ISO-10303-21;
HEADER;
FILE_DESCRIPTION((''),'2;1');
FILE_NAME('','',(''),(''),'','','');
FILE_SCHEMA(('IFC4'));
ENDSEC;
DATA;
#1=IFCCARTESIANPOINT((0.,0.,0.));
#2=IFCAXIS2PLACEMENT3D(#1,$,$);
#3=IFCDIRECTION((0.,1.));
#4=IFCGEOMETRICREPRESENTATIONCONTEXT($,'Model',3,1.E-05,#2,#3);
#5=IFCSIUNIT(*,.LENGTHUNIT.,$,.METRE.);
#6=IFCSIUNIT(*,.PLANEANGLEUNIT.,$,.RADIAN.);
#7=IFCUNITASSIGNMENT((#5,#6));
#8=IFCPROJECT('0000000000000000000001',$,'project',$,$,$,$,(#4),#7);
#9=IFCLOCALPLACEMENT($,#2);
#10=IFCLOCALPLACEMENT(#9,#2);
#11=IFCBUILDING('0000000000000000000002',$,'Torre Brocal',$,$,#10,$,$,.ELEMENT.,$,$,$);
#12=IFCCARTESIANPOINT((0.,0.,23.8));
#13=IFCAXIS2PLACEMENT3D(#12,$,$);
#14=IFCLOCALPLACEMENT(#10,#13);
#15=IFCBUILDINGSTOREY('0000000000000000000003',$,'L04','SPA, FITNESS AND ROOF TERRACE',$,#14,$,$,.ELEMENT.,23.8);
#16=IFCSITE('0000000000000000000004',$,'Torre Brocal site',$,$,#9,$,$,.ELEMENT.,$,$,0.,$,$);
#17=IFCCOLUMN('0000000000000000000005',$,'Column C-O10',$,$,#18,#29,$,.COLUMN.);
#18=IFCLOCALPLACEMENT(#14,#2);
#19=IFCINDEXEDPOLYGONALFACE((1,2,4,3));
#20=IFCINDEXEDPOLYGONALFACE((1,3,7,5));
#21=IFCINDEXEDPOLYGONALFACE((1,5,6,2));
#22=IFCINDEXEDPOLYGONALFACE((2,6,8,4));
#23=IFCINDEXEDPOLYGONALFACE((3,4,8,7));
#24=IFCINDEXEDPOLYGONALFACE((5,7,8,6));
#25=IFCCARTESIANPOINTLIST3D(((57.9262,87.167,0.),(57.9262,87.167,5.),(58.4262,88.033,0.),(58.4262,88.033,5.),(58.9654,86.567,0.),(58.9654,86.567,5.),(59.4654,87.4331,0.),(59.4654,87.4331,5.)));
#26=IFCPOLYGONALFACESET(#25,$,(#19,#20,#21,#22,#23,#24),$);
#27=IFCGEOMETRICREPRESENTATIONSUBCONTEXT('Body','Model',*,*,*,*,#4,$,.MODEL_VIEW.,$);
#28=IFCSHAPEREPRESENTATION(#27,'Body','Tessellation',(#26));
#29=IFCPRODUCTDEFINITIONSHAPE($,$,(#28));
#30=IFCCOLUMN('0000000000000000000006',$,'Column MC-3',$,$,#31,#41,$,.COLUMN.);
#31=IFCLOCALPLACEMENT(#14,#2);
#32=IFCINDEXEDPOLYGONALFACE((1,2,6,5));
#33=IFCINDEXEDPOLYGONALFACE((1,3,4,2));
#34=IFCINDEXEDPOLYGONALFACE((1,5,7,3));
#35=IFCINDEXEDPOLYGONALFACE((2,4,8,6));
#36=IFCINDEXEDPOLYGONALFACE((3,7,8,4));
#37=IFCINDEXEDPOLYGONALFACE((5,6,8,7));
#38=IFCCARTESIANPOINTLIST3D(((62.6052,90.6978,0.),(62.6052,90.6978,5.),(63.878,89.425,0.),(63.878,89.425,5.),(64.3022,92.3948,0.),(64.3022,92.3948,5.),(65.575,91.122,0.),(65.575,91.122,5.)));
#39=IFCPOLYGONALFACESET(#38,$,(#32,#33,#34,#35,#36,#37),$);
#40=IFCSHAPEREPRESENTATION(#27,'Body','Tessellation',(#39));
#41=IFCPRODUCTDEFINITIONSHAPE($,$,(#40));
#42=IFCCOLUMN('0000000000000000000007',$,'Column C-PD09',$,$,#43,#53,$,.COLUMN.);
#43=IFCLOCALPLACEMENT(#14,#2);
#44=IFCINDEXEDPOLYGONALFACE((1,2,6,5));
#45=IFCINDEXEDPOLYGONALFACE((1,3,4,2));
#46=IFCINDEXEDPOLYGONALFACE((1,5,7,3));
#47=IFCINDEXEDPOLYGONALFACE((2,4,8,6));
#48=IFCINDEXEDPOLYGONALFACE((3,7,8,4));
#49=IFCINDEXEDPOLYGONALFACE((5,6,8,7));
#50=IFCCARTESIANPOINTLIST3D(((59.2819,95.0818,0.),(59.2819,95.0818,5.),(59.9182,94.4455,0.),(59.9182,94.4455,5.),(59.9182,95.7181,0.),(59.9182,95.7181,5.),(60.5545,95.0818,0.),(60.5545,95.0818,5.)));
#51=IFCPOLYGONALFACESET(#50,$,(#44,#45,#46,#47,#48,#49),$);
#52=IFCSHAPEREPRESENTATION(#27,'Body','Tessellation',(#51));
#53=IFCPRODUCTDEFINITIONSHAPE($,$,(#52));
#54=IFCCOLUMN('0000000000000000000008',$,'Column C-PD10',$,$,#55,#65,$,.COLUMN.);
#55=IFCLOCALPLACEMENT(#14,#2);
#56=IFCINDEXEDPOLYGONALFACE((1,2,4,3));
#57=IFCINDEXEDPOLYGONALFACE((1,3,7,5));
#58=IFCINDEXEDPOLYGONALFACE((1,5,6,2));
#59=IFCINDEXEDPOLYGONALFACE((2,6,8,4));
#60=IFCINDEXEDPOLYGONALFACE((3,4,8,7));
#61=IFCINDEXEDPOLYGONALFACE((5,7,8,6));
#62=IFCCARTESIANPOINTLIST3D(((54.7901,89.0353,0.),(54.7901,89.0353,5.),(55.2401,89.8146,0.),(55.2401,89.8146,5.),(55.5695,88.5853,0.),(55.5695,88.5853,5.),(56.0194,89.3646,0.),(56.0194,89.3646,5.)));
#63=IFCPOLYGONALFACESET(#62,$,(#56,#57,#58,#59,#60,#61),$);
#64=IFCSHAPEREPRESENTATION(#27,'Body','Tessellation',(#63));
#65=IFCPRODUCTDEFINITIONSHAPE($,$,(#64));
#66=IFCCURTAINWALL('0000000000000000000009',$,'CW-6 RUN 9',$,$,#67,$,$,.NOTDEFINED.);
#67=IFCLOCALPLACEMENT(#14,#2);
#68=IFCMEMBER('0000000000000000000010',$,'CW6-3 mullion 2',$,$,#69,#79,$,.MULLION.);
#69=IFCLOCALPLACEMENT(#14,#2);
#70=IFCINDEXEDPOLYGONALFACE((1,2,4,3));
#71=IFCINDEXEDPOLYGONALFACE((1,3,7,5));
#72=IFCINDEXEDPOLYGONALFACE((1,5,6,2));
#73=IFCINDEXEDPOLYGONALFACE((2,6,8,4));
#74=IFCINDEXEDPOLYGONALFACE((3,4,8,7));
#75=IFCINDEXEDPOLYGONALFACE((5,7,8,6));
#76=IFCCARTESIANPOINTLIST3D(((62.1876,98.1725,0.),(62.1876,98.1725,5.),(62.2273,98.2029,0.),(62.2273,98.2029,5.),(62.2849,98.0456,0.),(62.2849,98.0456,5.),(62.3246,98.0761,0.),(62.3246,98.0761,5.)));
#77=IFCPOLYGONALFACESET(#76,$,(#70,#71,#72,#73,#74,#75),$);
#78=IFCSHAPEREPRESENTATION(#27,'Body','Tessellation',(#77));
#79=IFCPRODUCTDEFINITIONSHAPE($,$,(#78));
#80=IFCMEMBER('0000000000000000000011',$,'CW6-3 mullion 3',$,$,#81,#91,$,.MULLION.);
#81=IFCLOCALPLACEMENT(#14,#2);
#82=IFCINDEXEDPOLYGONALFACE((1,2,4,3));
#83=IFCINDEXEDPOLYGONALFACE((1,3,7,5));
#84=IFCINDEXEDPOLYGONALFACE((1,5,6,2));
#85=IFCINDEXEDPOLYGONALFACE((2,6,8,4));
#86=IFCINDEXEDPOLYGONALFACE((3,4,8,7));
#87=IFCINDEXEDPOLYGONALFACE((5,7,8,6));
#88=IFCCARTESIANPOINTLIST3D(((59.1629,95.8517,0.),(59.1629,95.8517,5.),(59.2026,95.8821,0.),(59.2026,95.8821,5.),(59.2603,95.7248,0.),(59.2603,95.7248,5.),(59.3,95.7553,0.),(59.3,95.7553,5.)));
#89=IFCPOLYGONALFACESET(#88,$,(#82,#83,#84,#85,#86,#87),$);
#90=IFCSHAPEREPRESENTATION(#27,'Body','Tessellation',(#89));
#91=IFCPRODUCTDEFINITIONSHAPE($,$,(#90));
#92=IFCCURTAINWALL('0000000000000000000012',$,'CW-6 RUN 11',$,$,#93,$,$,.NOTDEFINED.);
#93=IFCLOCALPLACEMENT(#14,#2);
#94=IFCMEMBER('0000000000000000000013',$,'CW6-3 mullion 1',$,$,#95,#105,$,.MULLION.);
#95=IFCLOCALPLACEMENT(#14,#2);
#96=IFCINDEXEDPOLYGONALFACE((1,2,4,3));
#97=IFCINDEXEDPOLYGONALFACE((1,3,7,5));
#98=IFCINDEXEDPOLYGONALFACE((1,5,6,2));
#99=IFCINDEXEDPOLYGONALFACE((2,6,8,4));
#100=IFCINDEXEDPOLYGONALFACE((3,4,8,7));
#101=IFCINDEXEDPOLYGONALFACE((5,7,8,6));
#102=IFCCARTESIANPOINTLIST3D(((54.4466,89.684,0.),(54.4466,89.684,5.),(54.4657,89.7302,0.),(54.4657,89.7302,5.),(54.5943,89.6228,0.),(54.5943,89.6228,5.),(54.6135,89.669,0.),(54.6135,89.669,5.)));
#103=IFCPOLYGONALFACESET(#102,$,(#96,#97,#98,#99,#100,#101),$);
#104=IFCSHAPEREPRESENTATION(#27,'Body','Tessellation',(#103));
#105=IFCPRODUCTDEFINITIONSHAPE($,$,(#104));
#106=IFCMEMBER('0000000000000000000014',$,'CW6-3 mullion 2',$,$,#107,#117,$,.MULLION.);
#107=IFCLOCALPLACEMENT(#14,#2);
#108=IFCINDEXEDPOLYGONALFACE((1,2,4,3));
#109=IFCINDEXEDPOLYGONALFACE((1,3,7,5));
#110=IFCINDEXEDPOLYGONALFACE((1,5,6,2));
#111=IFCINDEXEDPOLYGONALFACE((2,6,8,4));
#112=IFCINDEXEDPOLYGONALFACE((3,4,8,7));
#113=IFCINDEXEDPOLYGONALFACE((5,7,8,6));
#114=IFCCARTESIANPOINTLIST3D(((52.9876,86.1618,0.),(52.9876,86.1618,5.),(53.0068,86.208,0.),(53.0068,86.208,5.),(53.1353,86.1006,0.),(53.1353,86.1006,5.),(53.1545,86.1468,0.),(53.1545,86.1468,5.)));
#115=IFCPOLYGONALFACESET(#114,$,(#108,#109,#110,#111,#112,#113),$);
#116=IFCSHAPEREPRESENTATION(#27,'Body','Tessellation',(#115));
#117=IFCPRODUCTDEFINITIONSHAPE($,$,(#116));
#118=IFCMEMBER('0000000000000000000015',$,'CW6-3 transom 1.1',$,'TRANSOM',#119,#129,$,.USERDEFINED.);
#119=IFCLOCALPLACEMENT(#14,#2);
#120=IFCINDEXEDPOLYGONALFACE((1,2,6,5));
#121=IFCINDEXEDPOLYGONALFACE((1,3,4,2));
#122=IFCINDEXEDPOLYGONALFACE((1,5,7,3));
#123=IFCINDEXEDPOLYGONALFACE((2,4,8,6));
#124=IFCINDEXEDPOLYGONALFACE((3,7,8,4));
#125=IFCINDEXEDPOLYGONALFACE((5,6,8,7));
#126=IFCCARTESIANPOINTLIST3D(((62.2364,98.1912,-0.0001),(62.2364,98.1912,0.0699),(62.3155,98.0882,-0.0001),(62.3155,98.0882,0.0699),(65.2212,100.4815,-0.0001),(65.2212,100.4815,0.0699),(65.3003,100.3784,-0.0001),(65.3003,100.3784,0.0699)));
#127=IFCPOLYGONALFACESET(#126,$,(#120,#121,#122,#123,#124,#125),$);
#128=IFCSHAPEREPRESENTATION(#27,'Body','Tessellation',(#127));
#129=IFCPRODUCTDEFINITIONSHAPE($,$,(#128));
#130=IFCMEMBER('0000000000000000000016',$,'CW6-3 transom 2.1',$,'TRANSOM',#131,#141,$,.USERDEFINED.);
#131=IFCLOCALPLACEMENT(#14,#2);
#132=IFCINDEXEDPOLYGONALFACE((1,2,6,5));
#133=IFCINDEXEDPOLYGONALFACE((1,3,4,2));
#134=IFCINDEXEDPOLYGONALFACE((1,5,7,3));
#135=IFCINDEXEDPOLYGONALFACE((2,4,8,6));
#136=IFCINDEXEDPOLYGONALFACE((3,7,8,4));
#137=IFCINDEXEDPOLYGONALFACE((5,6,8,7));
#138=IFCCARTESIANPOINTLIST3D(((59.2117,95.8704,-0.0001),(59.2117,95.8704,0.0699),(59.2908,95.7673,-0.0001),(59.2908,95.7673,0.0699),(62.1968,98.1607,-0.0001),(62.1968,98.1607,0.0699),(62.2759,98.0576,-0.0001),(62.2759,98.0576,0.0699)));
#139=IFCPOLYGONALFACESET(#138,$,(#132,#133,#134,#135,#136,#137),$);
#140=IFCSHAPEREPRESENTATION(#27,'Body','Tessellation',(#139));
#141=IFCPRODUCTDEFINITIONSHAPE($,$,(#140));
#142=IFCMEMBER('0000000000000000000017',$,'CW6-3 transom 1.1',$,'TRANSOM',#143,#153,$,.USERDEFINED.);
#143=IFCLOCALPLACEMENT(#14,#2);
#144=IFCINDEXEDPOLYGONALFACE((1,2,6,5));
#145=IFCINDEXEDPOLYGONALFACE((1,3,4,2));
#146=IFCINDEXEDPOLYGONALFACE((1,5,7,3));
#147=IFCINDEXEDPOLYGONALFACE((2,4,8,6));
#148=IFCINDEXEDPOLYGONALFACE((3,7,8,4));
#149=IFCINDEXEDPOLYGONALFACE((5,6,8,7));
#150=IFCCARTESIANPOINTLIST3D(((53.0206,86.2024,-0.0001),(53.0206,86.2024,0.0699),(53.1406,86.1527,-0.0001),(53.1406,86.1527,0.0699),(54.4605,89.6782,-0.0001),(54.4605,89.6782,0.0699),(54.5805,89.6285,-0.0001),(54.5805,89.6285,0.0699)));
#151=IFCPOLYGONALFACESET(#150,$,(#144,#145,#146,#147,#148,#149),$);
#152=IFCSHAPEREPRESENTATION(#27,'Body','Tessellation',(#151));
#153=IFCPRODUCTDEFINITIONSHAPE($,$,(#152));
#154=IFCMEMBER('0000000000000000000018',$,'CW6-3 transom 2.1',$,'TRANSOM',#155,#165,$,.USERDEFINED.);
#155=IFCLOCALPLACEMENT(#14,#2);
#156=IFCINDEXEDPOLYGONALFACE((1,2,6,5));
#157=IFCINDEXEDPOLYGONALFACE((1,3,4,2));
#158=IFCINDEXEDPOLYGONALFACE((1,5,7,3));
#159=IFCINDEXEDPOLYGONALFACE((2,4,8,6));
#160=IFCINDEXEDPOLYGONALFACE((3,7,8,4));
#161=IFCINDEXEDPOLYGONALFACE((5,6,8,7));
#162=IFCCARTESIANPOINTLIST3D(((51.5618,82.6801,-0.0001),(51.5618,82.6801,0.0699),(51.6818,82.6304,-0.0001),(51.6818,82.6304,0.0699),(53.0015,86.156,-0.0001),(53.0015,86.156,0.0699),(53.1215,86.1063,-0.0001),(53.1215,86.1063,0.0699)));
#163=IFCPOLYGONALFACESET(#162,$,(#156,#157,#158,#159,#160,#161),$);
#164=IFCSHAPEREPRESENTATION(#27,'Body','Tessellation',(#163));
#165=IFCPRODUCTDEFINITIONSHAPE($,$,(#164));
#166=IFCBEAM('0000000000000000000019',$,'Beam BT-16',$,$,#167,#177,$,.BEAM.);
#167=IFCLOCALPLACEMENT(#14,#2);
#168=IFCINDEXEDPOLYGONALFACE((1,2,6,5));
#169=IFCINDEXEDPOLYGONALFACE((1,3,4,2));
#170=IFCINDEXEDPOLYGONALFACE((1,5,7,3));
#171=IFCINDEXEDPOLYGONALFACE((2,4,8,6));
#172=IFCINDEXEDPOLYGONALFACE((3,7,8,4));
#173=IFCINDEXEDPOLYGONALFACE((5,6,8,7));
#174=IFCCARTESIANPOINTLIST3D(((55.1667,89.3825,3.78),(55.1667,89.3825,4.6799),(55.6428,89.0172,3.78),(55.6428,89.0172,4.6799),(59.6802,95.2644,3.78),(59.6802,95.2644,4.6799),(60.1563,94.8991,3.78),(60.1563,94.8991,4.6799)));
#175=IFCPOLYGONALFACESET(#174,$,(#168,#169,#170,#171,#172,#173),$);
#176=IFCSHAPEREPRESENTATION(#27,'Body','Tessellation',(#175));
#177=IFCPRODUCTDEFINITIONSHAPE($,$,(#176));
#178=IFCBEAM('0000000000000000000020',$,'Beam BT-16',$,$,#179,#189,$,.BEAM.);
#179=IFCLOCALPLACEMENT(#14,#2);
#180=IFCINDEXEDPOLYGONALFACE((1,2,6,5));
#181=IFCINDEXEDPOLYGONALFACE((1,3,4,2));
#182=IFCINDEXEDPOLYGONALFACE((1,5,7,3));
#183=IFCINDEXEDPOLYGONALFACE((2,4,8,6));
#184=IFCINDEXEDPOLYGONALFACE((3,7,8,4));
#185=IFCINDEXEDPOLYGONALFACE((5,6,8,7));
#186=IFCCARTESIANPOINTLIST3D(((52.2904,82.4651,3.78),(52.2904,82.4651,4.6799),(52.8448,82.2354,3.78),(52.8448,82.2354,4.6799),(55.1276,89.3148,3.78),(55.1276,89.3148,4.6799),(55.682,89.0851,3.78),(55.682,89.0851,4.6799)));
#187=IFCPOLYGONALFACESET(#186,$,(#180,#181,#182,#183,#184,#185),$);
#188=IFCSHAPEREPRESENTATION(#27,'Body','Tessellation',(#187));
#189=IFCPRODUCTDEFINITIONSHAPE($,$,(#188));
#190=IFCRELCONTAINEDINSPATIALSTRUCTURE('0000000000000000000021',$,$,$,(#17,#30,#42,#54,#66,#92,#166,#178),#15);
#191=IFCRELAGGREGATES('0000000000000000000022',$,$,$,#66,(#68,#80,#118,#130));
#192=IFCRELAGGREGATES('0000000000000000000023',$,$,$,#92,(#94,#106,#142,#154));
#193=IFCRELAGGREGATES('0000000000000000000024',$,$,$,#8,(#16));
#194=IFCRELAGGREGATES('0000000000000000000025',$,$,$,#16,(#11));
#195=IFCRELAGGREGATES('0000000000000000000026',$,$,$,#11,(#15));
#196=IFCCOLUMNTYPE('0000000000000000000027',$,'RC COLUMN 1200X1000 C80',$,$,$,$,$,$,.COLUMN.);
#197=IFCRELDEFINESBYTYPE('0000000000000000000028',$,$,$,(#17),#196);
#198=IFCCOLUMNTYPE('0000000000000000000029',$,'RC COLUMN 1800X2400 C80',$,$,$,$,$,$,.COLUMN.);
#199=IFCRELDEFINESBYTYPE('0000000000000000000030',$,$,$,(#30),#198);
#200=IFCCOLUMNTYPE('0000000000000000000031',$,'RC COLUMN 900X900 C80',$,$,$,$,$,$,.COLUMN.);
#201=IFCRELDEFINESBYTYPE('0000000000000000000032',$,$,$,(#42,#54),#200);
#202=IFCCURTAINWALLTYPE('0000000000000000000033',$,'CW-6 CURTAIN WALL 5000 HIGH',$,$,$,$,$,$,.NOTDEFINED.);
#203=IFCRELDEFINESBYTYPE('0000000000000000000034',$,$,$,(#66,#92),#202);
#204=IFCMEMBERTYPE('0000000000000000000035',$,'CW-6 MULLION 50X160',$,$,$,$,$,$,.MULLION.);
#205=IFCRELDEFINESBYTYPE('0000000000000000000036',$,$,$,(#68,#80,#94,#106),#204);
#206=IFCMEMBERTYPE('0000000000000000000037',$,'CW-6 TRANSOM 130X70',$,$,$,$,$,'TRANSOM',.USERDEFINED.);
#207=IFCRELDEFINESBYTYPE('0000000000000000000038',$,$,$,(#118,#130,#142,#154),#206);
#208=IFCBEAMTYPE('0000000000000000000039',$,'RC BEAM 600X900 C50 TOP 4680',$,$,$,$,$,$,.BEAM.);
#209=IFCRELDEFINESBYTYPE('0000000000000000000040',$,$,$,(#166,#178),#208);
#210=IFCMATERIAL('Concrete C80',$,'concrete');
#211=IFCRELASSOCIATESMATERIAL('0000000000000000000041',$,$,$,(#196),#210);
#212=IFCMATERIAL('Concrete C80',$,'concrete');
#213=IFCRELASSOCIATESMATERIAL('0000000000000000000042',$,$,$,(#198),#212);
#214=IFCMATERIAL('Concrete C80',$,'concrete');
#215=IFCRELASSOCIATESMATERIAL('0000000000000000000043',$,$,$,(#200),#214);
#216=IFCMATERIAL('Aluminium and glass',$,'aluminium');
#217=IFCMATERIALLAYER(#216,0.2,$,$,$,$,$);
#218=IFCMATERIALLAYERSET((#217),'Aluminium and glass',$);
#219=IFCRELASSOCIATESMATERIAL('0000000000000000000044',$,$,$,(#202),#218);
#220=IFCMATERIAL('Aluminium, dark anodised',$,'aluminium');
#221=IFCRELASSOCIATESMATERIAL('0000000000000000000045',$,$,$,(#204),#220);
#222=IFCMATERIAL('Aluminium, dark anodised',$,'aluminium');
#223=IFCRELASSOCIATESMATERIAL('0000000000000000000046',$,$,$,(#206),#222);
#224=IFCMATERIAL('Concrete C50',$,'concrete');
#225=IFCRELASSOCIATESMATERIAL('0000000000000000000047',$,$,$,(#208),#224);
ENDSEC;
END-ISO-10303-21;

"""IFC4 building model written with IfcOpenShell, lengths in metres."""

from ifc_helpers import new_model, si_unit, direction, frame, origin, origin_2d, place, context, subcontext, project, spatial, rectangle, extrude, material, layer, layer_set, material_profile, profile_set, type_object, element, aggregate, save


model = new_model("IFC4")

# Units and contexts
model_context = context("Model", 3, precision=1e-05, world=origin(), true_north=direction((0.0, 1.0)))
body_context = subcontext(model_context, "Body", "Model", "MODEL_VIEW")
ifc_project = project(units=[si_unit("LENGTHUNIT", "METRE"), si_unit("PLANEANGLEUNIT", "RADIAN")], contexts=[model_context])

# Site, building, storey
site_placement = place(None, origin())
site = spatial("IfcSite", under=ifc_project, at=site_placement, Name="Torre Brocal site", CompositionType="ELEMENT", RefElevation=0.0)
building_placement = place(site_placement, origin())
building = spatial("IfcBuilding", under=site, at=building_placement, Name="Torre Brocal", CompositionType="ELEMENT")
storey_placement = place(building_placement, frame((0.0, 0.0, 23.8)))
storey = spatial("IfcBuildingStorey", under=building, at=storey_placement, Name="L04", Description="SPA, FITNESS AND ROOF TERRACE", CompositionType="ELEMENT", Elevation=23.8)

# Columns
ifc_material_1 = material(Name="Concrete C80", Category="concrete")
ifc_material_profile_1 = material_profile(ifc_material_1, rectangle(XDim=1.2, YDim=1.0, at=origin_2d()), Name="RC 1200X1000")
ifc_profile_set_1 = profile_set([ifc_material_profile_1], Name="Concrete C80")
column_type_1 = type_object("IfcColumnType", Name="RC COLUMN 1200X1000 C80", PredefinedType="COLUMN", material=ifc_profile_set_1)
column_1_placement = place(storey_placement, frame((58.6958, 87.3, 0.0), z_axis=(0.0, 0.0, 1.0), x_axis=(-0.866025, 0.5, 0.0)))
element("IfcColumn", 1, at=column_1_placement, inside=storey, type_object=column_type_1, Name="Column C-O10", PredefinedType="COLUMN", context=body_context, shape_type="SweptSolid", body=[
    extrude(rectangle(XDim=1.2, YDim=1.0, at=origin_2d()), origin(), (0.0, 0.0, 1.0), 5.0),
])
ifc_material_2 = material(Name="Concrete C80", Category="concrete")
ifc_material_profile_2 = material_profile(ifc_material_2, rectangle(XDim=1.8, YDim=2.3999, at=origin_2d()), Name="RC 1800X2400")
ifc_profile_set_2 = profile_set([ifc_material_profile_2], Name="Concrete C80")
column_type_2 = type_object("IfcColumnType", Name="RC COLUMN 1800X2400 C80", PredefinedType="COLUMN", material=ifc_profile_set_2)
column_2_placement = place(storey_placement, frame((64.0901, 90.9099, 0.0), z_axis=(0.0, 0.0, 1.0), x_axis=(-0.707107, 0.707107, 0.0)))
element("IfcColumn", 2, at=column_2_placement, inside=storey, type_object=column_type_2, Name="Column MC-3", PredefinedType="COLUMN", context=body_context, shape_type="SweptSolid", body=[
    extrude(rectangle(XDim=1.8, YDim=2.3999, at=origin_2d()), origin(), (0.0, 0.0, 1.0), 5.0),
])
ifc_material_3 = material(Name="Concrete C80", Category="concrete")
ifc_material_profile_3 = material_profile(ifc_material_3, rectangle(XDim=0.8999, YDim=0.8999, at=origin_2d()), Name="RC 900X900")
ifc_profile_set_3 = profile_set([ifc_material_profile_3], Name="Concrete C80")
column_type_3 = type_object("IfcColumnType", Name="RC COLUMN 900X900 C80", PredefinedType="COLUMN", material=ifc_profile_set_3)
for number, where, z_axis, x_axis, name in (
    (3, (59.9182, 95.0818, 0.0), (0.0, 0.0, 1.0), (-0.707107, 0.707107, 0.0), "Column C-PD09"),
    (4, (55.4048, 89.2, 0.0), (0.0, 0.0, 1.0), (-0.866025, 0.5, 0.0), "Column C-PD10"),
):
    element("IfcColumn", number, at=place(storey_placement, frame(where, z_axis=z_axis, x_axis=x_axis)), inside=storey, type_object=column_type_3, Name=name, PredefinedType="COLUMN", context=body_context, shape_type="SweptSolid", body=[
        extrude(rectangle(XDim=0.8999, YDim=0.8999, at=origin_2d()), origin(), (0.0, 0.0, 1.0), 5.0),
    ])

# Curtain walls, members
ifc_material_4 = material(Name="Aluminium and glass", Category="aluminium")
ifc_layer_1 = layer(ifc_material_4, 0.2)
ifc_layer_set_1 = layer_set([ifc_layer_1], Name="Aluminium and glass")
curtain_wall_type = type_object("IfcCurtainWallType", Name="CW-6 CURTAIN WALL 5000 HIGH", PredefinedType="NOTDEFINED", material=ifc_layer_set_1)
curtain_wall_1_placement = place(storey_placement, origin())
curtain_wall_1 = element("IfcCurtainWall", 5, at=curtain_wall_1_placement, inside=storey, type_object=curtain_wall_type, Name="CW-6 RUN 9", PredefinedType="NOTDEFINED")
ifc_material_5 = material(Name="Aluminium, dark anodised", Category="aluminium")
ifc_material_profile_4 = material_profile(ifc_material_5, rectangle(XDim=0.1599, YDim=0.05, at=origin_2d()), Name="CW-6 MULLION 50X160")
ifc_profile_set_4 = profile_set([ifc_material_profile_4], Name="Aluminium, dark anodised")
member_type_1 = type_object("IfcMemberType", Name="CW-6 MULLION 50X160", PredefinedType="MULLION", material=ifc_profile_set_4)
member_1_placement = place(storey_placement, frame((62.2561, 98.1243, 0.0), z_axis=(0.0, 0.0, 1.0), x_axis=(0.608761, -0.793353, 0.0)))
member_1 = element("IfcMember", 6, at=member_1_placement, type_object=member_type_1, Name="CW6-3 mullion 2", PredefinedType="MULLION", context=body_context, shape_type="SweptSolid", body=[
    extrude(rectangle(XDim=0.1599, YDim=0.05, at=origin_2d()), origin(), (0.0, 0.0, 1.0), 5.0),
])
member_2_placement = place(storey_placement, frame((59.2314, 95.8035, 0.0), z_axis=(0.0, 0.0, 1.0), x_axis=(0.608761, -0.793353, 0.0)))
member_2 = element("IfcMember", 7, at=member_2_placement, type_object=member_type_1, Name="CW6-3 mullion 3", PredefinedType="MULLION", context=body_context, shape_type="SweptSolid", body=[
    extrude(rectangle(XDim=0.1599, YDim=0.05, at=origin_2d()), origin(), (0.0, 0.0, 1.0), 5.0),
])
curtain_wall_2_placement = place(storey_placement, origin())
curtain_wall_2 = element("IfcCurtainWall", 8, at=curtain_wall_2_placement, inside=storey, type_object=curtain_wall_type, Name="CW-6 RUN 11", PredefinedType="NOTDEFINED")
member_3_placement = place(storey_placement, frame((54.53, 89.6765, 0.0), z_axis=(0.0, 0.0, 1.0), x_axis=(0.92388, -0.382683, 0.0)))
member_3 = element("IfcMember", 9, at=member_3_placement, type_object=member_type_1, Name="CW6-3 mullion 1", PredefinedType="MULLION", context=body_context, shape_type="SweptSolid", body=[
    extrude(rectangle(XDim=0.1599, YDim=0.05, at=origin_2d()), origin(), (0.0, 0.0, 1.0), 5.0),
])
member_4_placement = place(storey_placement, frame((53.071, 86.1543, 0.0), z_axis=(0.0, 0.0, 1.0), x_axis=(0.92388, -0.382683, 0.0)))
member_4 = element("IfcMember", 10, at=member_4_placement, type_object=member_type_1, Name="CW6-3 mullion 2", PredefinedType="MULLION", context=body_context, shape_type="SweptSolid", body=[
    extrude(rectangle(XDim=0.1599, YDim=0.05, at=origin_2d()), origin(), (0.0, 0.0, 1.0), 5.0),
])

# Members
ifc_material_6 = material(Name="Aluminium, dark anodised", Category="aluminium")
ifc_material_profile_5 = material_profile(ifc_material_6, rectangle(XDim=0.1299, YDim=0.0701, at=origin_2d()), Name="CW-6 TRANSOM 130X70")
ifc_profile_set_5 = profile_set([ifc_material_profile_5], Name="Aluminium, dark anodised")
member_type_2 = type_object("IfcMemberType", Name="CW-6 TRANSOM 130X70", ElementType="TRANSOM", PredefinedType="USERDEFINED", material=ifc_profile_set_5)
member_5_placement = place(storey_placement, frame((65.2607, 100.4299, 0.0349), z_axis=(-0.793364, -0.608748, 0.0), x_axis=(0.608748, -0.793364, 0.0)))
member_5 = element("IfcMember", 11, at=member_5_placement, type_object=member_type_2, Name="CW6-3 transom 1.1", ObjectType="TRANSOM", PredefinedType="USERDEFINED", context=body_context, shape_type="SweptSolid", body=[
    extrude(rectangle(XDim=0.1299, YDim=0.0701, at=origin_2d()), origin(), (0.0, 0.0, 1.0), 3.7622),
])
member_6_placement = place(storey_placement, frame((62.2363, 98.1091, 0.0349), z_axis=(-0.793388, -0.608716, 0.0), x_axis=(0.608716, -0.793388, 0.0)))
member_6 = element("IfcMember", 12, at=member_6_placement, type_object=member_type_2, Name="CW6-3 transom 2.1", ObjectType="TRANSOM", PredefinedType="USERDEFINED", context=body_context, shape_type="SweptSolid", body=[
    extrude(rectangle(XDim=0.1299, YDim=0.0701, at=origin_2d()), origin(), (0.0, 0.0, 1.0), 3.7625),
])
member_7_placement = place(storey_placement, frame((54.5205, 89.6533, 0.0349), z_axis=(-0.38273, -0.92386, 0.0), x_axis=(0.92386, -0.38273, 0.0)))
member_7 = element("IfcMember", 13, at=member_7_placement, type_object=member_type_2, Name="CW6-3 transom 1.1", ObjectType="TRANSOM", PredefinedType="USERDEFINED", context=body_context, shape_type="SweptSolid", body=[
    extrude(rectangle(XDim=0.1299, YDim=0.0701, at=origin_2d()), origin(), (0.0, 0.0, 1.0), 3.7622),
])
member_8_placement = place(storey_placement, frame((53.0615, 86.1311, 0.0349), z_axis=(-0.382675, -0.923883, 0.0), x_axis=(0.923883, -0.382675, 0.0)))
member_8 = element("IfcMember", 14, at=member_8_placement, type_object=member_type_2, Name="CW6-3 transom 2.1", ObjectType="TRANSOM", PredefinedType="USERDEFINED", context=body_context, shape_type="SweptSolid", body=[
    extrude(rectangle(XDim=0.1299, YDim=0.0701, at=origin_2d()), origin(), (0.0, 0.0, 1.0), 3.7622),
])

# Beams
ifc_material_7 = material(Name="Concrete C50", Category="concrete")
ifc_material_profile_6 = material_profile(ifc_material_7, rectangle(XDim=0.6001, YDim=0.8999, at=origin_2d()), Name="RC 600X900")
ifc_profile_set_6 = profile_set([ifc_material_profile_6], Name="Concrete C50")
beam_type_1 = type_object("IfcBeamType", Name="RC BEAM 600X900 C50 TOP 4680", PredefinedType="BEAM", material=ifc_profile_set_6)
for number, where, z_axis, x_axis, name in (
    (15, (59.9182, 95.0818, 4.23), (-0.608773, -0.793344, 0.0), (0.793344, -0.608773, 0.0), "Beam BT-16"),
    (16, (55.4048, 89.2, 4.23), (-0.382678, -0.923882, 0.0), (0.923882, -0.382678, 0.0), "Beam BT-16"),
):
    element("IfcBeam", number, at=place(storey_placement, frame(where, z_axis=z_axis, x_axis=x_axis)), inside=storey, type_object=beam_type_1, Name=name, PredefinedType="BEAM", context=body_context, shape_type="SweptSolid", body=[
        extrude(rectangle(XDim=0.6001, YDim=0.8999, at=origin_2d()), origin(), (0.0, 0.0, 1.0), 7.4141),
    ])

aggregate(curtain_wall_1, [member_1, member_2, member_5, member_6])
aggregate(curtain_wall_2, [member_3, member_4, member_7, member_8])

save(model, "model.ifc")
